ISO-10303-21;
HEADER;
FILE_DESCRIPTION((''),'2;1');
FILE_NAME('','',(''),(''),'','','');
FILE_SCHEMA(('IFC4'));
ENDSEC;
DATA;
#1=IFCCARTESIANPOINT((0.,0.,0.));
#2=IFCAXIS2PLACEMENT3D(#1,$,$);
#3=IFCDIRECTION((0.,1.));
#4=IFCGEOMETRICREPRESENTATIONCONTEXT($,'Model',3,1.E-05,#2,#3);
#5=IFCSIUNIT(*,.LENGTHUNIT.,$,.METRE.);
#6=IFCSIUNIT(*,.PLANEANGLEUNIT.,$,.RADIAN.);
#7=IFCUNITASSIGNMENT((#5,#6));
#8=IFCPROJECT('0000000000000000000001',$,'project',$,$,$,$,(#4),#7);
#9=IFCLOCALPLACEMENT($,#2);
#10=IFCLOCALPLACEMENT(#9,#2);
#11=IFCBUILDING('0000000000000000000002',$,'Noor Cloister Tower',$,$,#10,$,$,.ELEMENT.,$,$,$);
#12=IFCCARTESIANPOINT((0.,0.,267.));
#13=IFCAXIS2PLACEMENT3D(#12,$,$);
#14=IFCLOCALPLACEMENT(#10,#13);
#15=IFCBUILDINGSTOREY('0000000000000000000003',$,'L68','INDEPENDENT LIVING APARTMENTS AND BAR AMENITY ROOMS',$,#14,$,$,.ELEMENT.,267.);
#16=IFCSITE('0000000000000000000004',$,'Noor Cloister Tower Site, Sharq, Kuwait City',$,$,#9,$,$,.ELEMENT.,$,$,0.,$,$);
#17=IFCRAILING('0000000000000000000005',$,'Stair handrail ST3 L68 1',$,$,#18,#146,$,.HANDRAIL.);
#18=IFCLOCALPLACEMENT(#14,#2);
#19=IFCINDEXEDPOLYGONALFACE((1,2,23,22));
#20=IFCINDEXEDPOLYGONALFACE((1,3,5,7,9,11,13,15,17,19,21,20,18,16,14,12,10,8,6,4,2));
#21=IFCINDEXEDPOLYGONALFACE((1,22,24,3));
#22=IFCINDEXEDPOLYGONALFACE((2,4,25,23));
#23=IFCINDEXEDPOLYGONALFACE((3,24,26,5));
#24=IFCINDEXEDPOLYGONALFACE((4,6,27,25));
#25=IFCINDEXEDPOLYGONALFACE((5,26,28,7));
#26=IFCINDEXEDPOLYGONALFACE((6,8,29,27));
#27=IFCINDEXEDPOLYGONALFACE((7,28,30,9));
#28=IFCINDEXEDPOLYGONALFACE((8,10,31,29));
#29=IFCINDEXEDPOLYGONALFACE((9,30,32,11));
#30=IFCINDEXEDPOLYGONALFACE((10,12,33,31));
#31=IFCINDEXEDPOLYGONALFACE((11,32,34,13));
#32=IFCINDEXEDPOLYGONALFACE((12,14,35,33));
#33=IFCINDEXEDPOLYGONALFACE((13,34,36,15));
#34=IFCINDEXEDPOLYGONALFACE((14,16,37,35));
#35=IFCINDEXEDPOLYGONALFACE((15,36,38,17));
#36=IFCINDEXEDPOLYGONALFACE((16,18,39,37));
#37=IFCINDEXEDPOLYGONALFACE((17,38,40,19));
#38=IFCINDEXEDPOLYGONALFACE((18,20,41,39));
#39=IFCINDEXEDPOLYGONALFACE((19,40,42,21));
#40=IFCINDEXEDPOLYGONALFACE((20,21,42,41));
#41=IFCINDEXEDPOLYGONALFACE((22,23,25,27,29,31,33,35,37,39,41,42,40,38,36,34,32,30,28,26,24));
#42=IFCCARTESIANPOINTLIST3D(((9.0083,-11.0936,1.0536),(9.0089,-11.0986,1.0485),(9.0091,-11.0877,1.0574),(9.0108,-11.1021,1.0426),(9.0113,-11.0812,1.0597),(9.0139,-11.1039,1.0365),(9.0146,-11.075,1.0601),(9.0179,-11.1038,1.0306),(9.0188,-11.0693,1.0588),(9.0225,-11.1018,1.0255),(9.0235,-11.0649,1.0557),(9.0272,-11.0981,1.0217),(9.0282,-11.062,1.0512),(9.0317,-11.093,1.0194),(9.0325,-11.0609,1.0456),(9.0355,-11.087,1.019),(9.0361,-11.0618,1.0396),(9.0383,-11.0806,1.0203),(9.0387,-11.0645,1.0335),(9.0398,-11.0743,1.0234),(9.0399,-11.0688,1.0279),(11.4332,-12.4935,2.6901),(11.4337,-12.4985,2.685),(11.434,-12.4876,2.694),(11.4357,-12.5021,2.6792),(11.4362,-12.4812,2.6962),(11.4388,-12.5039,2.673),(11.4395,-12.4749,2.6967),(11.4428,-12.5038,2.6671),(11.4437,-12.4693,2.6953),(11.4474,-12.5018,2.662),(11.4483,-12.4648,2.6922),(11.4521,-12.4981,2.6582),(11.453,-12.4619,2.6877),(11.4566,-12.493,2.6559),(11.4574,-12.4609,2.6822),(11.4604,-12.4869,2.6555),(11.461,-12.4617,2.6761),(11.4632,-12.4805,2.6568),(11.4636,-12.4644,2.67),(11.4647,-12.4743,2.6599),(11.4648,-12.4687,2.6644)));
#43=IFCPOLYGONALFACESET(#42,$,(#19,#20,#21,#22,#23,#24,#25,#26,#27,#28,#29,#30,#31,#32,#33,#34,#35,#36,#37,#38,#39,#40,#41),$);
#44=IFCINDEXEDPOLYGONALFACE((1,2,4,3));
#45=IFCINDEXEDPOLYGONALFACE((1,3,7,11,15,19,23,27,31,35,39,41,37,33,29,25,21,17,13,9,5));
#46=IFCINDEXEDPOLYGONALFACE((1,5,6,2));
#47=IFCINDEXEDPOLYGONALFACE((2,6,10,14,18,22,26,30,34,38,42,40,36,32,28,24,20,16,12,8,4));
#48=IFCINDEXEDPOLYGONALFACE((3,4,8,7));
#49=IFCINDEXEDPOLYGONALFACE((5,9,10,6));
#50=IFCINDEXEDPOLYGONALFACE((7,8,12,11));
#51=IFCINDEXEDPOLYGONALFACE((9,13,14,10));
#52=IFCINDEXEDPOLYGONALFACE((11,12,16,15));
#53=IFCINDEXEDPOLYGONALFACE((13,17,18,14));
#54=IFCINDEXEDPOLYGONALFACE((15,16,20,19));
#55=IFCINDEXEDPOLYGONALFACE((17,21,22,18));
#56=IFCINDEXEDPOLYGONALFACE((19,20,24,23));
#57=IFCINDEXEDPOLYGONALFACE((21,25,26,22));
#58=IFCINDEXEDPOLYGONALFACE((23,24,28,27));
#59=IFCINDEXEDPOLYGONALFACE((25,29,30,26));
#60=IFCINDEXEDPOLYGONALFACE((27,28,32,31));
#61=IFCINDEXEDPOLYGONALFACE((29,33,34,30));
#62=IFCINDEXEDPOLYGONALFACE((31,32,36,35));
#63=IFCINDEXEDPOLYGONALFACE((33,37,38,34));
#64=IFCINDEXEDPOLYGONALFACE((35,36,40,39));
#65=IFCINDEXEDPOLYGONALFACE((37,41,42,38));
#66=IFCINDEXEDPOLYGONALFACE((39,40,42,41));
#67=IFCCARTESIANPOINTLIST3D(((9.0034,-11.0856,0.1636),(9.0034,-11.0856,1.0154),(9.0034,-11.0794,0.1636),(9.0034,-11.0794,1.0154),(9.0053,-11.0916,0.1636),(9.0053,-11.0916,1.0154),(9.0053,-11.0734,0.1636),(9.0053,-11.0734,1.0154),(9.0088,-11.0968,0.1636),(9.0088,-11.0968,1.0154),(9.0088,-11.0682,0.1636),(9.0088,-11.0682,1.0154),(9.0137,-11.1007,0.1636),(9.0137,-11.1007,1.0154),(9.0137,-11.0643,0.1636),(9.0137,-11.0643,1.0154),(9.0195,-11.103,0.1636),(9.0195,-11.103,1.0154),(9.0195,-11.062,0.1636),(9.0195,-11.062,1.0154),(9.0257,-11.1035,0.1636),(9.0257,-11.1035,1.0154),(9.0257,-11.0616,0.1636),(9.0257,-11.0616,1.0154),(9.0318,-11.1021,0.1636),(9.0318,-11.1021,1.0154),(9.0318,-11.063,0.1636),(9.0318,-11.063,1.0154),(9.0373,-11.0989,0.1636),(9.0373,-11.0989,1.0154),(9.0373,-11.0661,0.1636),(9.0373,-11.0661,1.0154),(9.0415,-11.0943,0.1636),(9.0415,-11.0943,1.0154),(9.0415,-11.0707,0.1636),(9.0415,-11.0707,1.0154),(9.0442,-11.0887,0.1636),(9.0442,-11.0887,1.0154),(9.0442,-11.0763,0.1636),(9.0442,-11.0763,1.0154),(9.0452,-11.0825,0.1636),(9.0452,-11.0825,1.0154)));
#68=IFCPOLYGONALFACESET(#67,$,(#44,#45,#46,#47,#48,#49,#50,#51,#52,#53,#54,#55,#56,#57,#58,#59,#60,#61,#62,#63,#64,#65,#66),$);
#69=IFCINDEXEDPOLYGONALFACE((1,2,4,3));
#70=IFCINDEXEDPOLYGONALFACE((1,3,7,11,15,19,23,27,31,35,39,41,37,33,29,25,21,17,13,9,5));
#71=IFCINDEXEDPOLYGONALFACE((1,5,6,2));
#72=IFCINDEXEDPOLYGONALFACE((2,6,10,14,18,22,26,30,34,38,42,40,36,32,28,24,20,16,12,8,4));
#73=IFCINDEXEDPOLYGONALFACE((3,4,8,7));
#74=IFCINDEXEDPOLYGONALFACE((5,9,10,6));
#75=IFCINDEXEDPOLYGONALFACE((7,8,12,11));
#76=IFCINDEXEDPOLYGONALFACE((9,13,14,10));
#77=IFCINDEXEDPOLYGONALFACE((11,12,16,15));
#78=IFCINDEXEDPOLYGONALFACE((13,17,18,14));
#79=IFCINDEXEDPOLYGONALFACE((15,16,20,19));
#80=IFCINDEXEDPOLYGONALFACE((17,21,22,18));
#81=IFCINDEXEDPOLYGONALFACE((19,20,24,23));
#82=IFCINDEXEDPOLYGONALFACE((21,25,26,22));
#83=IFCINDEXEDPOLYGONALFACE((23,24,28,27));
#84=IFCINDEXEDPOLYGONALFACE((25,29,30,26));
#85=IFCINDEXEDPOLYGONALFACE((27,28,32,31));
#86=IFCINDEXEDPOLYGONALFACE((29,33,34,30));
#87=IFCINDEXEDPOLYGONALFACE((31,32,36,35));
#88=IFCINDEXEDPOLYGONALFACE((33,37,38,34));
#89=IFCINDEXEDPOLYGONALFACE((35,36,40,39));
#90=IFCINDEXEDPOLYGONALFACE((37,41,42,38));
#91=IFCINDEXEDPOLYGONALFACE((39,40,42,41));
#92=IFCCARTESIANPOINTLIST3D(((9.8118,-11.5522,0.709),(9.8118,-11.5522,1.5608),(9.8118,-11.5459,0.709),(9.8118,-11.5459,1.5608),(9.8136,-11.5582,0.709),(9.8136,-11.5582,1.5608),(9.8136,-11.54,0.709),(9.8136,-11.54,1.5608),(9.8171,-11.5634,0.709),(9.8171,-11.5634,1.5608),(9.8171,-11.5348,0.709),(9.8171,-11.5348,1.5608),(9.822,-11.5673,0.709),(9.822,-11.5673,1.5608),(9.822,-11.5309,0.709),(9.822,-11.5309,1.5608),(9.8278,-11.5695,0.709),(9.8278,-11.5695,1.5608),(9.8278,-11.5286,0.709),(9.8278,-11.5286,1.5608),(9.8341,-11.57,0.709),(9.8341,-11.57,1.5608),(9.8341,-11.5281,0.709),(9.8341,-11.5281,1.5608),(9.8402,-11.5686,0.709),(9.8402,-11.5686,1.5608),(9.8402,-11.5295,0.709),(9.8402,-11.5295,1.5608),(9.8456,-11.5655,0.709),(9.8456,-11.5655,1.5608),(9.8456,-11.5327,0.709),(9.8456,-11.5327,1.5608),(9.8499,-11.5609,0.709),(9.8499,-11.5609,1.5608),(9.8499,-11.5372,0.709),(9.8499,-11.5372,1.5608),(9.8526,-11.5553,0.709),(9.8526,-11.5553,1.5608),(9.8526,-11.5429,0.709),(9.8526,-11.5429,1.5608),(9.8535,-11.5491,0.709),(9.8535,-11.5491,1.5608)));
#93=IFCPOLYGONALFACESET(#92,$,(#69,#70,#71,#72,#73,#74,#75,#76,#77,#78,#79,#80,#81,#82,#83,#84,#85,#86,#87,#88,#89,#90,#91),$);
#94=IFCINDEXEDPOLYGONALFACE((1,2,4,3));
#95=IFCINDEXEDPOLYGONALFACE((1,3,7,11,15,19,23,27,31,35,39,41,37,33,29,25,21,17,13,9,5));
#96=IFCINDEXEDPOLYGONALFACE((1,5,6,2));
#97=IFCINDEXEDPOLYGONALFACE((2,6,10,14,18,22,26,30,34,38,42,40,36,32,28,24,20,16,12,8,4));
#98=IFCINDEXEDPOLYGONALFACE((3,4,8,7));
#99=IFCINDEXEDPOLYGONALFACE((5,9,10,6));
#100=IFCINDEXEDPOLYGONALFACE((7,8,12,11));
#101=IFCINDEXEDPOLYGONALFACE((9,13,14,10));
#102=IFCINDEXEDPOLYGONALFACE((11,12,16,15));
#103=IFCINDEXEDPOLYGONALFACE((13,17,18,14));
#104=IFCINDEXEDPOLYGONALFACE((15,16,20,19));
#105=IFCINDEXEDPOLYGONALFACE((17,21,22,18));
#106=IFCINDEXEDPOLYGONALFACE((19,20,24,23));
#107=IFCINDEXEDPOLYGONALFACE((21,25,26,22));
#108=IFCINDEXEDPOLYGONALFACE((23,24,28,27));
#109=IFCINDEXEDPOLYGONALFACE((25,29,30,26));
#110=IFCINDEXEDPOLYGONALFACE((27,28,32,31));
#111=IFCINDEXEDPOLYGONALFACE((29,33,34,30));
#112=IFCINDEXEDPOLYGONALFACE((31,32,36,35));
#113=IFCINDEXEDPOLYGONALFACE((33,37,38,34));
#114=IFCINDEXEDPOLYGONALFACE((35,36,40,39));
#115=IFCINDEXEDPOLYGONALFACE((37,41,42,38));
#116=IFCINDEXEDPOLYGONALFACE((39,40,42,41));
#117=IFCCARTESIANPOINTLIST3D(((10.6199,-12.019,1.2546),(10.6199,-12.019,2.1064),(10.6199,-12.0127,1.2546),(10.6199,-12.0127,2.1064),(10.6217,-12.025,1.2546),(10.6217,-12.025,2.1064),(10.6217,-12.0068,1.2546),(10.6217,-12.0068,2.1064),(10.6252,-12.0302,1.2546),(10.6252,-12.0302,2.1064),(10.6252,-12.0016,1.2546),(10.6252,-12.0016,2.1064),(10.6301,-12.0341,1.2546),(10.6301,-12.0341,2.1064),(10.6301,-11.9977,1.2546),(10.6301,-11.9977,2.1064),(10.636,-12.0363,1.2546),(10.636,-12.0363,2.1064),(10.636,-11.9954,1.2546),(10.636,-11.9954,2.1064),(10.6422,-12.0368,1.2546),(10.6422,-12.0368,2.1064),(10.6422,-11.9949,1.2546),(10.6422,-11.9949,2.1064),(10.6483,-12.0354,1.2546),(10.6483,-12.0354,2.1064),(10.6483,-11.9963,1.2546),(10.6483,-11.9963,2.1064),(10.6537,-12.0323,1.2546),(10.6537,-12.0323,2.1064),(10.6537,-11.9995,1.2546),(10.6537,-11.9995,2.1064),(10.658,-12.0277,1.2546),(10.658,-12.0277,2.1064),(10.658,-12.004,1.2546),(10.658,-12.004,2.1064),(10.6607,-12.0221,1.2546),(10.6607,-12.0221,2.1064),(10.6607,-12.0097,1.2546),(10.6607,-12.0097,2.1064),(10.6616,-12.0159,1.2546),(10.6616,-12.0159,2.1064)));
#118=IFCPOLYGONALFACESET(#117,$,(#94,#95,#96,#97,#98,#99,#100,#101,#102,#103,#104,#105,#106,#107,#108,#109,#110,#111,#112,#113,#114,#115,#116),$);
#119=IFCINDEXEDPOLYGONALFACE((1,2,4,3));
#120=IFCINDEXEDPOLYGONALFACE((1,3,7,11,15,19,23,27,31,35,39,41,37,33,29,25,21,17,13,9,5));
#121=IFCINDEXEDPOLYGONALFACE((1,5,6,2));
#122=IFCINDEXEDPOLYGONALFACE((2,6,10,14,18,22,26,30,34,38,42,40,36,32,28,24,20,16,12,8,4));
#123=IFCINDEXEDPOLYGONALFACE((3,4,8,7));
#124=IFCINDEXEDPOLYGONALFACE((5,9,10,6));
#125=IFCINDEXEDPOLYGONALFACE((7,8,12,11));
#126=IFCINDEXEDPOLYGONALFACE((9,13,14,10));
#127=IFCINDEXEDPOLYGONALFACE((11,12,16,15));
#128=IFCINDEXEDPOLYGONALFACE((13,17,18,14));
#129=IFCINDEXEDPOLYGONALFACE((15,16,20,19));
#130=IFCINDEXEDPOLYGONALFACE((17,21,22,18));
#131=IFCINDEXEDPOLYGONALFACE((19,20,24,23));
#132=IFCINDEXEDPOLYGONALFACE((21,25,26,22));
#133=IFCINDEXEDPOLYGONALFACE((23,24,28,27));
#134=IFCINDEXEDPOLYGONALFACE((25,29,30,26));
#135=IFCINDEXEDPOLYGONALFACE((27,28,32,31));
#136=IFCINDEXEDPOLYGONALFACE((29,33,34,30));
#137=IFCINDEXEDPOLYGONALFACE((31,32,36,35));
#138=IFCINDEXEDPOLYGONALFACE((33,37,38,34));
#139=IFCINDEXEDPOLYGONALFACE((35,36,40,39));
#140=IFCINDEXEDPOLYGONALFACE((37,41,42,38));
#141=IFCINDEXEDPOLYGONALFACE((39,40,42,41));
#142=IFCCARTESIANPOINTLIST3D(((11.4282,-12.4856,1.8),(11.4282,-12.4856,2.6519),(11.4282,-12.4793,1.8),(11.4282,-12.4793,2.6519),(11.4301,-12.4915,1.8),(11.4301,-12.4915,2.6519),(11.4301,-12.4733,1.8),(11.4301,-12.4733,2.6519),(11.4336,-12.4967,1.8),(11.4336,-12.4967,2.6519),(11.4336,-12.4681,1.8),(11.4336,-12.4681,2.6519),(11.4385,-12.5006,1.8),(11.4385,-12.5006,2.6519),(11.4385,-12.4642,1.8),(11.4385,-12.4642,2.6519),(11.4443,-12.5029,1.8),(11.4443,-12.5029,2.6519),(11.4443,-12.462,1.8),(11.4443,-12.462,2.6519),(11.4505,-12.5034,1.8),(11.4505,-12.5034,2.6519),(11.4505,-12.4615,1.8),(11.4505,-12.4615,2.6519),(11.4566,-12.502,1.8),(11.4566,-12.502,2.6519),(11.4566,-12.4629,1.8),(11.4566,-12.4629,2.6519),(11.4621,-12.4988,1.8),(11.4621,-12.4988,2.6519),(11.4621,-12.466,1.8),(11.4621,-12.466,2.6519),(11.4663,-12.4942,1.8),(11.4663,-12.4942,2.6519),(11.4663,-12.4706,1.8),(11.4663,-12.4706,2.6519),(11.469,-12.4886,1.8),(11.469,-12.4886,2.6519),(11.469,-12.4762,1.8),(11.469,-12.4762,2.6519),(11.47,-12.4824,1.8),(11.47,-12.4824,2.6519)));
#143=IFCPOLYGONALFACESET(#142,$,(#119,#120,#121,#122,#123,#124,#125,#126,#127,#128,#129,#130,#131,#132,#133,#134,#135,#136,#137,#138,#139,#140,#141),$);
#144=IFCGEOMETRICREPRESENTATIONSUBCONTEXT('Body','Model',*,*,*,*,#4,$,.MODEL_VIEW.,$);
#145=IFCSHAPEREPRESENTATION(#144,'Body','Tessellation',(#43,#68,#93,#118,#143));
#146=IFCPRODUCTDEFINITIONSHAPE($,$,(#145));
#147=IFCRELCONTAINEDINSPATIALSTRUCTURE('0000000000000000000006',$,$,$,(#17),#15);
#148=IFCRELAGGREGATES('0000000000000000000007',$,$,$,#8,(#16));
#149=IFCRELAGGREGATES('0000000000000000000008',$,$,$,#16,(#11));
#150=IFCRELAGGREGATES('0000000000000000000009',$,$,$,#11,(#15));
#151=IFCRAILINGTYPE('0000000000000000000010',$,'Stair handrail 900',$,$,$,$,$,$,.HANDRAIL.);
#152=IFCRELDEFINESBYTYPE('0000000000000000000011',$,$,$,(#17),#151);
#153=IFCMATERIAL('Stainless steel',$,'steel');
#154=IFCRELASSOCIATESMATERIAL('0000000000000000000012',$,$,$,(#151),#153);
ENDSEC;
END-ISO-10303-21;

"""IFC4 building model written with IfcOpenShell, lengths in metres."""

from ifc_helpers import new_model, si_unit, direction, frame, origin, origin_2d, place, context, subcontext, project, spatial, circle, extrude, material, type_object, element, save


model = new_model("IFC4")

# Units and contexts
model_context = context("Model", 3, precision=1e-05, world=origin(), true_north=direction((0.0, 1.0)))
body_context = subcontext(model_context, "Body", "Model", "MODEL_VIEW")
ifc_project = project(units=[si_unit("LENGTHUNIT", "METRE"), si_unit("PLANEANGLEUNIT", "RADIAN")], contexts=[model_context])

# Site, building, storey
site_placement = place(None, origin())
site = spatial("IfcSite", under=ifc_project, at=site_placement, Name="Noor Cloister Tower Site, Sharq, Kuwait City", CompositionType="ELEMENT", RefElevation=0.0)
building_placement = place(site_placement, origin())
building = spatial("IfcBuilding", under=site, at=building_placement, Name="Noor Cloister Tower", CompositionType="ELEMENT")
storey_placement = place(building_placement, frame((0.0, 0.0, 267.0)))
storey = spatial("IfcBuildingStorey", under=building, at=storey_placement, Name="L68", Description="INDEPENDENT LIVING APARTMENTS AND BAR AMENITY ROOMS", CompositionType="ELEMENT", Elevation=267.0)

# Railing
ifc_material_1 = material(Name="Stainless steel", Category="steel")
railing_type = type_object("IfcRailingType", Name="Stair handrail 900", PredefinedType="HANDRAIL", material=ifc_material_1)
railing_placement = place(storey_placement, frame((9.0242, -11.0825, 0.1636)))
element("IfcRailing", 1, at=railing_placement, inside=storey, type_object=railing_type, Name="Stair handrail ST3 L68 1", PredefinedType="HANDRAIL", context=body_context, shape_type="SweptSolid", body=[
    extrude(circle(Radius=0.0239, at=origin_2d()), frame((0.0, 0.0, 0.876), z_axis=(0.74769, -0.431661, 0.504608), x_axis=(0.499984, 0.866035, 0.0)), (0.0, 0.0, 1.0), 3.2432),
    extrude(circle(Radius=0.021, at=origin_2d()), origin(), (0.0, 0.0, 1.0), 0.8518),
    extrude(circle(Radius=0.021, at=origin_2d()), frame((0.8083, -0.4666, 0.5454)), (0.0, 0.0, 1.0), 0.8518),
    extrude(circle(Radius=0.021, at=origin_2d()), frame((1.6165, -0.9333, 1.0911)), (0.0, 0.0, 1.0), 0.8518),
    extrude(circle(Radius=0.021, at=origin_2d()), frame((2.4248, -1.3999, 1.6365)), (0.0, 0.0, 1.0), 0.8518),
])

save(model, "model.ifc")
